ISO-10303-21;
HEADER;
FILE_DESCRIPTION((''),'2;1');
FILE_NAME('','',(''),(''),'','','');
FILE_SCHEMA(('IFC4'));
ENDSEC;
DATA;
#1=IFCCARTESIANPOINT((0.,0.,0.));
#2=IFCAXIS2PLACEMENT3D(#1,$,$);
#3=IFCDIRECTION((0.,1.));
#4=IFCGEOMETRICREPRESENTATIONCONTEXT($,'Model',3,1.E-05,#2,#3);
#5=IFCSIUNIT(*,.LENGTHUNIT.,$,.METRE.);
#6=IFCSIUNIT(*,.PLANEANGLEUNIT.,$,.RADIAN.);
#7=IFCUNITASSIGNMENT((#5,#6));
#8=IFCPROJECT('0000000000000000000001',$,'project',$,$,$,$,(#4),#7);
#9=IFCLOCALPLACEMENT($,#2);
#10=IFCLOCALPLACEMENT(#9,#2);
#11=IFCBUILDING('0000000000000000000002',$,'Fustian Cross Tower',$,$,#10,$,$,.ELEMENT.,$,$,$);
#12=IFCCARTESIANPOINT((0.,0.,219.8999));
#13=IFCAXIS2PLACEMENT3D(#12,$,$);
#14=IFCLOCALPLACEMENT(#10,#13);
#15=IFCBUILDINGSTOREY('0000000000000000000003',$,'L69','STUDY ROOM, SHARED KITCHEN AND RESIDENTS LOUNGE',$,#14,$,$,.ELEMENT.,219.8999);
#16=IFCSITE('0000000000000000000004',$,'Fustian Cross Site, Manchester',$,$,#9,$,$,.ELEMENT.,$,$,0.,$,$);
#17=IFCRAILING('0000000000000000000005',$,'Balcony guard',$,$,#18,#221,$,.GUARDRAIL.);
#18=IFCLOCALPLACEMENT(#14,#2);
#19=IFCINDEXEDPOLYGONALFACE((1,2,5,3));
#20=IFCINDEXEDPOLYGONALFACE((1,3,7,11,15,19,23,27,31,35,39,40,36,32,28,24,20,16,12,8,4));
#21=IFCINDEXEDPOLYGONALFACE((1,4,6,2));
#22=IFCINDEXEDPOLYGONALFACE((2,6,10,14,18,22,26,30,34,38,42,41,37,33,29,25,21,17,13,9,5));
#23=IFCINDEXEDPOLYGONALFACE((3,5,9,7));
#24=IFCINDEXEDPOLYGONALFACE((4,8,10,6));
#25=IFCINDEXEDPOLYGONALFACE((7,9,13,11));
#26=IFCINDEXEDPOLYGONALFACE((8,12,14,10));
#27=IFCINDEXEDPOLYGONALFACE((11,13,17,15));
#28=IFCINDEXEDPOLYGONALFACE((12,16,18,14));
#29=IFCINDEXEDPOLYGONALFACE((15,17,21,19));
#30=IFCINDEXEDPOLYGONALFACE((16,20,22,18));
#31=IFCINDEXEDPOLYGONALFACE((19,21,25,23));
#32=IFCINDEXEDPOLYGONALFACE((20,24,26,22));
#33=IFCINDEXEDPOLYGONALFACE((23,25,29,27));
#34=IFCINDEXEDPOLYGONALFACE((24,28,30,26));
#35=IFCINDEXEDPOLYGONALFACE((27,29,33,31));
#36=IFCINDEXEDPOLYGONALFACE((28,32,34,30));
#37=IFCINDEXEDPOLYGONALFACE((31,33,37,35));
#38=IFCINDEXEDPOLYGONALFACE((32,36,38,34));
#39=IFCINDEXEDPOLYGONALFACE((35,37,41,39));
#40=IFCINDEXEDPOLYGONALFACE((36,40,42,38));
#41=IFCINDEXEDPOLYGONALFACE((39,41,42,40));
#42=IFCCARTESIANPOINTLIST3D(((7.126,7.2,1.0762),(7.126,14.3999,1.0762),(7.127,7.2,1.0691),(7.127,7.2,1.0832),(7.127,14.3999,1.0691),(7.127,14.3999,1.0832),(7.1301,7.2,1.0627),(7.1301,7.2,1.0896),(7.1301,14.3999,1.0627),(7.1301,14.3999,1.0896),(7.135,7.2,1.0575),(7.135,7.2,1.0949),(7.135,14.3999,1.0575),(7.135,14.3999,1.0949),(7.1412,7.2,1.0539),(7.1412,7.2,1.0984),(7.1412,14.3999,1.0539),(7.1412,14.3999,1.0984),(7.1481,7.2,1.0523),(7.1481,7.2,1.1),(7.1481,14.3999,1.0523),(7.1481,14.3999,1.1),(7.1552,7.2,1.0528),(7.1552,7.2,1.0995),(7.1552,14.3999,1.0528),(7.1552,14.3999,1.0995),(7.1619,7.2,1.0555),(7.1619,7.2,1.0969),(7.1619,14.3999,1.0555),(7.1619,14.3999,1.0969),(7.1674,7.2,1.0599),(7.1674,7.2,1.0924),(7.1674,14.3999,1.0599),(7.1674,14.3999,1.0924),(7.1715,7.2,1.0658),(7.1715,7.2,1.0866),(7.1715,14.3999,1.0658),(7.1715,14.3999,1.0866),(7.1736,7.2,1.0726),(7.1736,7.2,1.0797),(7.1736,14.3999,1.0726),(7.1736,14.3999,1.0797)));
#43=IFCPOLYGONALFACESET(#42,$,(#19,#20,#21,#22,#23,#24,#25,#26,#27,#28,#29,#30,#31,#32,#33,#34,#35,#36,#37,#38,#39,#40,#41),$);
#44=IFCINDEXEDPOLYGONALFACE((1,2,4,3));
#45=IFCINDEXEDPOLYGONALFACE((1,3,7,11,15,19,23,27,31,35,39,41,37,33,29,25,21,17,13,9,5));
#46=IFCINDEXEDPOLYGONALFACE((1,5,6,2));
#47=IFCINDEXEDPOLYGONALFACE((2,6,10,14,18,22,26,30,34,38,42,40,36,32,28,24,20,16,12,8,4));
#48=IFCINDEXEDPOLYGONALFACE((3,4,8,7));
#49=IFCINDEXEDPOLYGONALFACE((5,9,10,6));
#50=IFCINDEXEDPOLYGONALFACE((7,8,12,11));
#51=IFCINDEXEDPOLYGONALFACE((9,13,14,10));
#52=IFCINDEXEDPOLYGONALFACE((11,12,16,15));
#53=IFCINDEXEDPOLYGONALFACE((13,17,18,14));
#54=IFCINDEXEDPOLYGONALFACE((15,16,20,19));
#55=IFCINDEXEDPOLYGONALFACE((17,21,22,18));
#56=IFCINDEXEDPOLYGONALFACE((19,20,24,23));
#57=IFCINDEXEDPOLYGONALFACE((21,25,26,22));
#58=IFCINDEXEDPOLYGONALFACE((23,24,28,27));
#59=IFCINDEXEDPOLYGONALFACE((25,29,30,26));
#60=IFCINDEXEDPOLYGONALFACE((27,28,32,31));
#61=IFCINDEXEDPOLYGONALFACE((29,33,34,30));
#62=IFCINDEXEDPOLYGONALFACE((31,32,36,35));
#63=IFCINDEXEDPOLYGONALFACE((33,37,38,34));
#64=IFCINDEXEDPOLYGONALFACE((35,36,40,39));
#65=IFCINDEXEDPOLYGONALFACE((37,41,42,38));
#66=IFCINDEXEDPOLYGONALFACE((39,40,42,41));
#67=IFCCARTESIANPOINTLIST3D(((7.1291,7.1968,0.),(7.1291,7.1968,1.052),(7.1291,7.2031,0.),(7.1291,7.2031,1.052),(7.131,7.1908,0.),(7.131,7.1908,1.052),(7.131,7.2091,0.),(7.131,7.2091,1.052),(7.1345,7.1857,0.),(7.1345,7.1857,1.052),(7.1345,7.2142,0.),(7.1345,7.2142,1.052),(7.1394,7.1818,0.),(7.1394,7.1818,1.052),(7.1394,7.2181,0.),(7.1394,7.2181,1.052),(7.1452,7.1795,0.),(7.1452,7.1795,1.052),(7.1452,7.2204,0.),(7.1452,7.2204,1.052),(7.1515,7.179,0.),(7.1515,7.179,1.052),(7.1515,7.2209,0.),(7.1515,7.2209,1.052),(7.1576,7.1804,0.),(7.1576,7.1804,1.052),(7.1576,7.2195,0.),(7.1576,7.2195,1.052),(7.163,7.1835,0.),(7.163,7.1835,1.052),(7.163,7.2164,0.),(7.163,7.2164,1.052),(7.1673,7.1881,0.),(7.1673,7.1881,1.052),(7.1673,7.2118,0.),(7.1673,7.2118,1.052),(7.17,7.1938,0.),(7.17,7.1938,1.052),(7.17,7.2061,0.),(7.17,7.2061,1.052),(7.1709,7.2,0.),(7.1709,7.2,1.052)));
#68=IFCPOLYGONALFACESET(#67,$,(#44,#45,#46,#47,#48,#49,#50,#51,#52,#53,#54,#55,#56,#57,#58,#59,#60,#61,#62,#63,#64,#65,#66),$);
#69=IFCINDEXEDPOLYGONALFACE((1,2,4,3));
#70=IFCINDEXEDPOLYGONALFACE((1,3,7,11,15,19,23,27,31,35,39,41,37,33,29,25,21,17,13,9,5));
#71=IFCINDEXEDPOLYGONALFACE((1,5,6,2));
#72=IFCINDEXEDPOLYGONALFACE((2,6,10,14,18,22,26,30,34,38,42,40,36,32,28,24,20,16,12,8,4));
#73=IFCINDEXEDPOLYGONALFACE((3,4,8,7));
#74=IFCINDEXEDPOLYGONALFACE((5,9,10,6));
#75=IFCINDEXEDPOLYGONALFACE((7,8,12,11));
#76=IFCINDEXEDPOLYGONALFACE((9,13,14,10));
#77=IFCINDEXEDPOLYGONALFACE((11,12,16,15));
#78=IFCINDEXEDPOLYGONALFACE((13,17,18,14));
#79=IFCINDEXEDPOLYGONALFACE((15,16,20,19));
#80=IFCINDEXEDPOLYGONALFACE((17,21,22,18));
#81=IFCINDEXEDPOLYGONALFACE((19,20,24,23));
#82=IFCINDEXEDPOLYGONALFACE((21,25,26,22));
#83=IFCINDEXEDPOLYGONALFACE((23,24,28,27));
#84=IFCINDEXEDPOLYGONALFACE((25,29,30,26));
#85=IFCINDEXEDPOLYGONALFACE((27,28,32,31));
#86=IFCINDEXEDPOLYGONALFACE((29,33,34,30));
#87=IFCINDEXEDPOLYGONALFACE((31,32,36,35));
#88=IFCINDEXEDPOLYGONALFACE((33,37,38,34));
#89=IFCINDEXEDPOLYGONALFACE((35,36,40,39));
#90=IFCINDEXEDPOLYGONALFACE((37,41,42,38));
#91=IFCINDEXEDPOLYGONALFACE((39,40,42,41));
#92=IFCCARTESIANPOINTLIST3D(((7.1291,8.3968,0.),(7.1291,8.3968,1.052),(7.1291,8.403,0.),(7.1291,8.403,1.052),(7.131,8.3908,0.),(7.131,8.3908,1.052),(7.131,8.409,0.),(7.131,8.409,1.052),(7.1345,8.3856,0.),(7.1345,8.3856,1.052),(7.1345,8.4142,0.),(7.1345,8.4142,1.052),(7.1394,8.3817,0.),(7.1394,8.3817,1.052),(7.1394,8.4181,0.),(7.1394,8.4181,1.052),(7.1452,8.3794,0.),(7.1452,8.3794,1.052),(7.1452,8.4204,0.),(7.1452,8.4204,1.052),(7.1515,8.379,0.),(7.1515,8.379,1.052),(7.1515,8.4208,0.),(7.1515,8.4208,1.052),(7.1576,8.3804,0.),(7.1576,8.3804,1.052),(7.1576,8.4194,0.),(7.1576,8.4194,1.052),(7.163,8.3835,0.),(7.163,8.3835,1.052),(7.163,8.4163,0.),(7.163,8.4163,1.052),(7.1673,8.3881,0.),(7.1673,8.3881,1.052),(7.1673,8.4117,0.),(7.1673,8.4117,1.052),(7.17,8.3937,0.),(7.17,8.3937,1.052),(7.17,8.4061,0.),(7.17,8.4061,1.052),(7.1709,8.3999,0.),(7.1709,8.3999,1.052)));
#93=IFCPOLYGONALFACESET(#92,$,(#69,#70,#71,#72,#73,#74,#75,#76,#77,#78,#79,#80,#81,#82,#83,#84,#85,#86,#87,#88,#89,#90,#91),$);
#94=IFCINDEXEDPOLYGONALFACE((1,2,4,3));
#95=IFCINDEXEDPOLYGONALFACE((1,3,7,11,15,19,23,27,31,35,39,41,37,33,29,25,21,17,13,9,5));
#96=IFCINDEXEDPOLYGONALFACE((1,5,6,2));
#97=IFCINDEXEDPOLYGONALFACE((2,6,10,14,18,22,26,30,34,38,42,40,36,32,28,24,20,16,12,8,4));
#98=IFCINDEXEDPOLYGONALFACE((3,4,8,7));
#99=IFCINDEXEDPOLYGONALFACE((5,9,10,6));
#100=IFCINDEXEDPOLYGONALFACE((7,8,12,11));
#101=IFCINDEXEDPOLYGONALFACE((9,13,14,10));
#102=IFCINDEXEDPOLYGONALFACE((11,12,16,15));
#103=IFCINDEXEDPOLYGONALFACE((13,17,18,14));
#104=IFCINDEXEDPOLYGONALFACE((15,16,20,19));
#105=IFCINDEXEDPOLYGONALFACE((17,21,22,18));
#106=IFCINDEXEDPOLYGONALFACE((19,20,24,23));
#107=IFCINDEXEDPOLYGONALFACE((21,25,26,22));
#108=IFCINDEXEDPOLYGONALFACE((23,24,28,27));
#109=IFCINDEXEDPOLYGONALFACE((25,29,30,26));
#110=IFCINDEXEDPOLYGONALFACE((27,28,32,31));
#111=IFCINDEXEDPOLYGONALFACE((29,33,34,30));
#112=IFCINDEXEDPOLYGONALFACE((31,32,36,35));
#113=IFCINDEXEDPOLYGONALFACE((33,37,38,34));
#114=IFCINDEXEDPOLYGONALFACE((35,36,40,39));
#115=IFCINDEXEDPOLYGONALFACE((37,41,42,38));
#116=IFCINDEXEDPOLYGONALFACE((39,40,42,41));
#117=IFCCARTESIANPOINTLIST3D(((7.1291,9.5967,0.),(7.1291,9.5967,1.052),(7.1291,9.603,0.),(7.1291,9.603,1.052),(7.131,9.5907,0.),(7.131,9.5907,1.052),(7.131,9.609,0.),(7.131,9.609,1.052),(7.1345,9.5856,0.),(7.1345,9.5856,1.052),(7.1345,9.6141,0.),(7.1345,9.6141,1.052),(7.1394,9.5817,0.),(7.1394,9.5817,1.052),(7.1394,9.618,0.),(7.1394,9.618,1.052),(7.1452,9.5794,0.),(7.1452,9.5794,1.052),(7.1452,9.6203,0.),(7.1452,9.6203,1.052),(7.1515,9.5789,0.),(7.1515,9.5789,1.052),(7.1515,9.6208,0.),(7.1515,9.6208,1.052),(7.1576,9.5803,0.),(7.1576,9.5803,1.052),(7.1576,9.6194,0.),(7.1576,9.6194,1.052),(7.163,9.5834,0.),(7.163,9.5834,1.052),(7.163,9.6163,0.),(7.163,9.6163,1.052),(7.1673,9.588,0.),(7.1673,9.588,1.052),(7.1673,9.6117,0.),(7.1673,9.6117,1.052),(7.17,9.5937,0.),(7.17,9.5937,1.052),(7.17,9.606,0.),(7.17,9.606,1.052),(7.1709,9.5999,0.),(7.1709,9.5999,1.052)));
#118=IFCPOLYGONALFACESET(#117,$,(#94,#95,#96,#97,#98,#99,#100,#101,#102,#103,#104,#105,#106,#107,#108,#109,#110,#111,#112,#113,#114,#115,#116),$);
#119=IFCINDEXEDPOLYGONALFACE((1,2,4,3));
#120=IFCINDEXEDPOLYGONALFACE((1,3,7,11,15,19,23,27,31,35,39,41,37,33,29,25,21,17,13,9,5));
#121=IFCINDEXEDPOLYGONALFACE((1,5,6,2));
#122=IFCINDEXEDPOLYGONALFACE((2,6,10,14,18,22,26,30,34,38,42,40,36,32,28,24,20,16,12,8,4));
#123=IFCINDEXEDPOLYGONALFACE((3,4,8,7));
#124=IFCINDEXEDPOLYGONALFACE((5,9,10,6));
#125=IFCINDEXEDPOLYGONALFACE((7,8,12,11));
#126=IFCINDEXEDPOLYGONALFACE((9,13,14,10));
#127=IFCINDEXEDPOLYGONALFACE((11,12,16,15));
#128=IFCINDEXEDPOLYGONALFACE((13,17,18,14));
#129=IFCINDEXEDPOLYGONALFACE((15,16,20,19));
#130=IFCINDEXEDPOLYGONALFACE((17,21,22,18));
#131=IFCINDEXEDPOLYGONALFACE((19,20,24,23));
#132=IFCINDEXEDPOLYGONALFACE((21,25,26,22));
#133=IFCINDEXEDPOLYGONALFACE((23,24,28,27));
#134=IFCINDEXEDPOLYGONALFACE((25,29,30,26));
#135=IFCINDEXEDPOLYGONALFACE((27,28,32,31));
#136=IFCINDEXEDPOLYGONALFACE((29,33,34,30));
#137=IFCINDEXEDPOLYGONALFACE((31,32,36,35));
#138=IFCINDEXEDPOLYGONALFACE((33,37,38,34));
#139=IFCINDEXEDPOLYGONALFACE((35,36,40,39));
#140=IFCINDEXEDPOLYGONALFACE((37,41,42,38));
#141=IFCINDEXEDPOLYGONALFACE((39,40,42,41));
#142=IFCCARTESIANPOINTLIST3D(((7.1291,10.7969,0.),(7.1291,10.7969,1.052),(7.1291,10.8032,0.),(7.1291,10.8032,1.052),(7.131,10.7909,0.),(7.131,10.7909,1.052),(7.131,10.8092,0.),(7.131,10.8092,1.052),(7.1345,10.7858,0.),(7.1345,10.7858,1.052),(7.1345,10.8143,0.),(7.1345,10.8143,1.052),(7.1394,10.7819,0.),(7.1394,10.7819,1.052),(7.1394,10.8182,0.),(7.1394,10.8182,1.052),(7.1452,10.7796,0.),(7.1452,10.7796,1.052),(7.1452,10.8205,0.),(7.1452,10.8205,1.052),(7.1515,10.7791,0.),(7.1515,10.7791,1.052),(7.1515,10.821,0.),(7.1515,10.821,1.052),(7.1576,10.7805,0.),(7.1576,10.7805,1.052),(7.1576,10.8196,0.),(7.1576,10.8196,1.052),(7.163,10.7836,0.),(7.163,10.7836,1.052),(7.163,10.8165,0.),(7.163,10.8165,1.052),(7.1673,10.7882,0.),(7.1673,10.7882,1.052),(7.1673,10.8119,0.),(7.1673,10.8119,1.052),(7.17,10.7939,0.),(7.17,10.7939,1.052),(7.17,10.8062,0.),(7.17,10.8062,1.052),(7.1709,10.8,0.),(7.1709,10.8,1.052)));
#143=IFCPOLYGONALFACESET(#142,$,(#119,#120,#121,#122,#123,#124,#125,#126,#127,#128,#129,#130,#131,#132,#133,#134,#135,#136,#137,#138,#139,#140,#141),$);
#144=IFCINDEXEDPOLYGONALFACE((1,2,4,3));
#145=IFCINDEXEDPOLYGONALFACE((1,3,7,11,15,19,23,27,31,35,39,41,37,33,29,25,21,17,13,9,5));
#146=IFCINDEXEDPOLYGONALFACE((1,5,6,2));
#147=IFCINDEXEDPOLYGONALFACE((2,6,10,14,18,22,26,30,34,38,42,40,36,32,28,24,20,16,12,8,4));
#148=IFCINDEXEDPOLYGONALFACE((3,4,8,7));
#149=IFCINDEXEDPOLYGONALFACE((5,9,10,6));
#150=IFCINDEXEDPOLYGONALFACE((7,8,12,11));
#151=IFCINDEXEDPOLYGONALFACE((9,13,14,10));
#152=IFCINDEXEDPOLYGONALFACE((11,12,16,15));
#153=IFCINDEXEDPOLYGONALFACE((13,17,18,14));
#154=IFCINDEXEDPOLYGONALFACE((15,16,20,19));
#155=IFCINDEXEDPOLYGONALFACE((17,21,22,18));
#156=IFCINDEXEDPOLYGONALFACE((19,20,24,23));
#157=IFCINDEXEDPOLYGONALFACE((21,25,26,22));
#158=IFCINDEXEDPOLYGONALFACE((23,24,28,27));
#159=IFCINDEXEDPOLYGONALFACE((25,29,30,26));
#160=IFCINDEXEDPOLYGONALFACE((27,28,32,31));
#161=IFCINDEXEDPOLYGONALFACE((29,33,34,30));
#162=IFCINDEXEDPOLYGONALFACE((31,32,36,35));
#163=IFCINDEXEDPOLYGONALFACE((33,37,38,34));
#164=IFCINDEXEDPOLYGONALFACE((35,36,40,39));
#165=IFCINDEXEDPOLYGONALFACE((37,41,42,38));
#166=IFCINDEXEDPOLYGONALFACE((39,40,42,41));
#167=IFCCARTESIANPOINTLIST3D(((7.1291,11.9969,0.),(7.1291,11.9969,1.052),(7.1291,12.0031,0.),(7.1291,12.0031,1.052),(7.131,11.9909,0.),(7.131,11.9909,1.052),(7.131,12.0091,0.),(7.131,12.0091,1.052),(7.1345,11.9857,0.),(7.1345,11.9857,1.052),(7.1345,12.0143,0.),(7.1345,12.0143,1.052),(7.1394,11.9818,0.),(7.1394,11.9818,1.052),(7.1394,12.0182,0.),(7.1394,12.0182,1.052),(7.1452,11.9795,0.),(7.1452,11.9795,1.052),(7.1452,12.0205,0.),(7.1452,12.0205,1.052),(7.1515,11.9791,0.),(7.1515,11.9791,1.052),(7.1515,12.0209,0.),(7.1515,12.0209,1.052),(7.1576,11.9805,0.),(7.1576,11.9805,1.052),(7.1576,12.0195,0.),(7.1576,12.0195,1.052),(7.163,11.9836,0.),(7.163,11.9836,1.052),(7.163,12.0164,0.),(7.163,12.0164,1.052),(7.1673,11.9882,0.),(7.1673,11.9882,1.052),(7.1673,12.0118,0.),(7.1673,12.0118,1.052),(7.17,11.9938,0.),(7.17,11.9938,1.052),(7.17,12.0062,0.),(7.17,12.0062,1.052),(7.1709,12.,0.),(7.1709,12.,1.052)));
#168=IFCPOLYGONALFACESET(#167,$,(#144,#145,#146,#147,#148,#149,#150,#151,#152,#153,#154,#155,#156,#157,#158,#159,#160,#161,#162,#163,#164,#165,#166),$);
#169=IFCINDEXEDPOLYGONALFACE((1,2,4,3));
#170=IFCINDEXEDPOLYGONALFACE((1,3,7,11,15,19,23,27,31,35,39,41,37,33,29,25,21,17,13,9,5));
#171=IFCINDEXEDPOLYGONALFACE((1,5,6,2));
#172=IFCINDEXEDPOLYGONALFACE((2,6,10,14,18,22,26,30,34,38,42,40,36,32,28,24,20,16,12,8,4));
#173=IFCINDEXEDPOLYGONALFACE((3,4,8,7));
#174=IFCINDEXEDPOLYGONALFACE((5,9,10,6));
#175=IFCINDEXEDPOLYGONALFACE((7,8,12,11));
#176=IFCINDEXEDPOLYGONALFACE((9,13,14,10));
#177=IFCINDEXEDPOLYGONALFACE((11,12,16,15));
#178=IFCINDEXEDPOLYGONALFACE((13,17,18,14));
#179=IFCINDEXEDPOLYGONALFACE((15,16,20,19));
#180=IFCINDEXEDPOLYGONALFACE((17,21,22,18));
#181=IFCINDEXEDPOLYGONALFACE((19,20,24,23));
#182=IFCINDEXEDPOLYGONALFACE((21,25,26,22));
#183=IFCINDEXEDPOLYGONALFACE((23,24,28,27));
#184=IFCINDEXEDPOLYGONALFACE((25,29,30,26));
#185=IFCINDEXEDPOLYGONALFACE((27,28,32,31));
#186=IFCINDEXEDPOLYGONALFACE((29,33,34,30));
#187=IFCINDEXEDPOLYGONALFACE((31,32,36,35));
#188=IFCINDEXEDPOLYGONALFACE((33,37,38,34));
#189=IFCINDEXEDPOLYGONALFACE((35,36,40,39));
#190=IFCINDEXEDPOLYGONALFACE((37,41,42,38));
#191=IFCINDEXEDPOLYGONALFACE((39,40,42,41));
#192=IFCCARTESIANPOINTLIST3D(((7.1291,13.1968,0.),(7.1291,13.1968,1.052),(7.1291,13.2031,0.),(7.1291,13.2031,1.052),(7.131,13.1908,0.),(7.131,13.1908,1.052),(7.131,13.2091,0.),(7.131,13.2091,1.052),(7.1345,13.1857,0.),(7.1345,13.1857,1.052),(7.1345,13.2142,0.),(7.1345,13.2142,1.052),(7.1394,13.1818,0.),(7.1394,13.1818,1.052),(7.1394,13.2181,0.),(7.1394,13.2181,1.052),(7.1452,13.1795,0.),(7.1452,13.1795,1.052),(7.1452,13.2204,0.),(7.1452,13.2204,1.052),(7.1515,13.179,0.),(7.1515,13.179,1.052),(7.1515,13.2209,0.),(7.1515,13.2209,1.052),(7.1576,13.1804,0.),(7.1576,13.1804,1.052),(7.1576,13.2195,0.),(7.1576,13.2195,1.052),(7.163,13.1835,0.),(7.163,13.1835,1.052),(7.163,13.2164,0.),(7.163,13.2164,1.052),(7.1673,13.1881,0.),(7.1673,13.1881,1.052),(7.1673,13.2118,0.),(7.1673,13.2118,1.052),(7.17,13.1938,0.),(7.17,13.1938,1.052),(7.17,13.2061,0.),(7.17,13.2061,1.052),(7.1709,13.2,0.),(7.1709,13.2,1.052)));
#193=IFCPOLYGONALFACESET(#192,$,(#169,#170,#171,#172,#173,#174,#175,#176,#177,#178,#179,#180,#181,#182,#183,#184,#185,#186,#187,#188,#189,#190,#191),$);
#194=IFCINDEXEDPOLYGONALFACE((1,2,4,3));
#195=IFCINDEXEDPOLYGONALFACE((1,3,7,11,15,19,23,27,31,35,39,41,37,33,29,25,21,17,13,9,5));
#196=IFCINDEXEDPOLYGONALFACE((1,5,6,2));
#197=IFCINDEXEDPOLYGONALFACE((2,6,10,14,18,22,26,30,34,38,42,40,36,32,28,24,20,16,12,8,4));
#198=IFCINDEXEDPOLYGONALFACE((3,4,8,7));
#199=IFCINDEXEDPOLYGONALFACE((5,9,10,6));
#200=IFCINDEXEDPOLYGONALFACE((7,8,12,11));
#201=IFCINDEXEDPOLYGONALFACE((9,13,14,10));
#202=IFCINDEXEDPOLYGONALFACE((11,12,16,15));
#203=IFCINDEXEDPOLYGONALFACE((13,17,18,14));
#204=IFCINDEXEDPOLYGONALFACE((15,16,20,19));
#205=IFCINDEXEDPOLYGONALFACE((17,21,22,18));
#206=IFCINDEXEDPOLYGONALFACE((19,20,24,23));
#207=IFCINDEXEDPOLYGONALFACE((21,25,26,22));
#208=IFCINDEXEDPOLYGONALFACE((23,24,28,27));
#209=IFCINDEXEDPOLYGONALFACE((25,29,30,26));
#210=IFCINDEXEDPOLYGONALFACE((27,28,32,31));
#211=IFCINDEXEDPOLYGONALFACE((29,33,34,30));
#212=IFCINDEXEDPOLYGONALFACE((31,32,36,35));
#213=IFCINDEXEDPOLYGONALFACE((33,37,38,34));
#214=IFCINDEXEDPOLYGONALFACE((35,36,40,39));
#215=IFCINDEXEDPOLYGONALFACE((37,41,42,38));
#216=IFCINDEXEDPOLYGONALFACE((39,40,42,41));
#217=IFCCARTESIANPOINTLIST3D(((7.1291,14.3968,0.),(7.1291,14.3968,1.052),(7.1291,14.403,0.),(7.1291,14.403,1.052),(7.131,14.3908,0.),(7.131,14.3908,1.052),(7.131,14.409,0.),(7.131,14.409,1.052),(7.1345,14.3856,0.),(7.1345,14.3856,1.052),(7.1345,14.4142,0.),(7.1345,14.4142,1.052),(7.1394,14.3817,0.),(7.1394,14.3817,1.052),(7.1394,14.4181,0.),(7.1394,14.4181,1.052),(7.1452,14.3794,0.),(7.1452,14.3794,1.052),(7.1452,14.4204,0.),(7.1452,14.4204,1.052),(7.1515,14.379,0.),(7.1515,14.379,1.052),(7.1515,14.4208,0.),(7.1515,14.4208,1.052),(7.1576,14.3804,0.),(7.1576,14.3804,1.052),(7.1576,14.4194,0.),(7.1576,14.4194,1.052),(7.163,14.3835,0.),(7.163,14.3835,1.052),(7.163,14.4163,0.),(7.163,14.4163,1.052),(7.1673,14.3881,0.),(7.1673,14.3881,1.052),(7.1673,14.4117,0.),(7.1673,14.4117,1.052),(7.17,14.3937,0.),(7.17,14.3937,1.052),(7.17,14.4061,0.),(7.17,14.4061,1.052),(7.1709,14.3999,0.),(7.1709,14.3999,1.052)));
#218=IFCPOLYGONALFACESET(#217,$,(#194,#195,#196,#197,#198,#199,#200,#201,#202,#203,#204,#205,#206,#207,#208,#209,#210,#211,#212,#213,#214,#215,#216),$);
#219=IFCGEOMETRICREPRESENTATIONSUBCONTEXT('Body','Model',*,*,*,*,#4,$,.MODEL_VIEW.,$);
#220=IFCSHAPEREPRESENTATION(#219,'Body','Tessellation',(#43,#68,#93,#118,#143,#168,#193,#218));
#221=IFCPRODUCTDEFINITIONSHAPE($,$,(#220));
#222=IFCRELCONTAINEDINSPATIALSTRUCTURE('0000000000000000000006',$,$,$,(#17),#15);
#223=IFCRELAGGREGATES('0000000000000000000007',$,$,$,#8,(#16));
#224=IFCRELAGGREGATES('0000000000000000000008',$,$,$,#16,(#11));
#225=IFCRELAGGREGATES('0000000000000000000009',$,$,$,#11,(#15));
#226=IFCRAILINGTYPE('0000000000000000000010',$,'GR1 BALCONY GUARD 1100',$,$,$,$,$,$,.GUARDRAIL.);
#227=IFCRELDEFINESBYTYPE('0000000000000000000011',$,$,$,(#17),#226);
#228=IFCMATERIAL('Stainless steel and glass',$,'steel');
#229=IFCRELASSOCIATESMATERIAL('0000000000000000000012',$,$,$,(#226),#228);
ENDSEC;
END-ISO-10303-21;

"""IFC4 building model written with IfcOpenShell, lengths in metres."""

from ifc_helpers import new_model, si_unit, direction, frame, origin, origin_2d, place, context, subcontext, project, spatial, circle, extrude, material, type_object, element, save


model = new_model("IFC4")

# Units and contexts
model_context = context("Model", 3, precision=1e-05, world=origin(), true_north=direction((0.0, 1.0)))
body_context = subcontext(model_context, "Body", "Model", "MODEL_VIEW")
ifc_project = project(units=[si_unit("LENGTHUNIT", "METRE"), si_unit("PLANEANGLEUNIT", "RADIAN")], contexts=[model_context])

# Site, building, storey
site_placement = place(None, origin())
site = spatial("IfcSite", under=ifc_project, at=site_placement, Name="Fustian Cross Site, Manchester", CompositionType="ELEMENT", RefElevation=0.0)
building_placement = place(site_placement, origin())
building = spatial("IfcBuilding", under=site, at=building_placement, Name="Fustian Cross Tower", CompositionType="ELEMENT")
storey_placement = place(building_placement, frame((0.0, 0.0, 219.8999)))
storey = spatial("IfcBuildingStorey", under=building, at=storey_placement, Name="L69", Description="STUDY ROOM, SHARED KITCHEN AND RESIDENTS LOUNGE", CompositionType="ELEMENT", Elevation=219.8999)

# Railing
ifc_material_1 = material(Name="Stainless steel and glass", Category="steel")
railing_type_1 = type_object("IfcRailingType", Name="GR1 BALCONY GUARD 1100", PredefinedType="GUARDRAIL", material=ifc_material_1)
railing_1_placement = place(storey_placement, frame((7.1499, 7.2, 0.0)))
element("IfcRailing", 1, at=railing_1_placement, inside=storey, type_object=railing_type_1, Name="Balcony guard", PredefinedType="GUARDRAIL", context=body_context, shape_type="SweptSolid", body=[
    extrude(circle(Radius=0.0239, at=origin_2d()), frame((0.0, 0.0, 1.0762), z_axis=(0.0, 1.0, 0.0), x_axis=(-1.0, 0.0, 0.0)), (0.0, 0.0, 1.0), 7.2),
    extrude(circle(Radius=0.021, at=origin_2d()), origin(), (0.0, 0.0, 1.0), 1.052),
    extrude(circle(Radius=0.021, at=origin_2d()), frame((0.0, 1.2, 0.0)), (0.0, 0.0, 1.0), 1.052),
    extrude(circle(Radius=0.021, at=origin_2d()), frame((0.0, 2.3999, 0.0)), (0.0, 0.0, 1.0), 1.052),
    extrude(circle(Radius=0.021, at=origin_2d()), frame((0.0, 3.6001, 0.0)), (0.0, 0.0, 1.0), 1.052),
    extrude(circle(Radius=0.021, at=origin_2d()), frame((0.0, 4.8, 0.0)), (0.0, 0.0, 1.0), 1.052),
    extrude(circle(Radius=0.021, at=origin_2d()), frame((0.0, 6.0, 0.0)), (0.0, 0.0, 1.0), 1.052),
    extrude(circle(Radius=0.021, at=origin_2d()), frame((0.0, 7.2, 0.0)), (0.0, 0.0, 1.0), 1.052),
])

save(model, "model.ifc")
